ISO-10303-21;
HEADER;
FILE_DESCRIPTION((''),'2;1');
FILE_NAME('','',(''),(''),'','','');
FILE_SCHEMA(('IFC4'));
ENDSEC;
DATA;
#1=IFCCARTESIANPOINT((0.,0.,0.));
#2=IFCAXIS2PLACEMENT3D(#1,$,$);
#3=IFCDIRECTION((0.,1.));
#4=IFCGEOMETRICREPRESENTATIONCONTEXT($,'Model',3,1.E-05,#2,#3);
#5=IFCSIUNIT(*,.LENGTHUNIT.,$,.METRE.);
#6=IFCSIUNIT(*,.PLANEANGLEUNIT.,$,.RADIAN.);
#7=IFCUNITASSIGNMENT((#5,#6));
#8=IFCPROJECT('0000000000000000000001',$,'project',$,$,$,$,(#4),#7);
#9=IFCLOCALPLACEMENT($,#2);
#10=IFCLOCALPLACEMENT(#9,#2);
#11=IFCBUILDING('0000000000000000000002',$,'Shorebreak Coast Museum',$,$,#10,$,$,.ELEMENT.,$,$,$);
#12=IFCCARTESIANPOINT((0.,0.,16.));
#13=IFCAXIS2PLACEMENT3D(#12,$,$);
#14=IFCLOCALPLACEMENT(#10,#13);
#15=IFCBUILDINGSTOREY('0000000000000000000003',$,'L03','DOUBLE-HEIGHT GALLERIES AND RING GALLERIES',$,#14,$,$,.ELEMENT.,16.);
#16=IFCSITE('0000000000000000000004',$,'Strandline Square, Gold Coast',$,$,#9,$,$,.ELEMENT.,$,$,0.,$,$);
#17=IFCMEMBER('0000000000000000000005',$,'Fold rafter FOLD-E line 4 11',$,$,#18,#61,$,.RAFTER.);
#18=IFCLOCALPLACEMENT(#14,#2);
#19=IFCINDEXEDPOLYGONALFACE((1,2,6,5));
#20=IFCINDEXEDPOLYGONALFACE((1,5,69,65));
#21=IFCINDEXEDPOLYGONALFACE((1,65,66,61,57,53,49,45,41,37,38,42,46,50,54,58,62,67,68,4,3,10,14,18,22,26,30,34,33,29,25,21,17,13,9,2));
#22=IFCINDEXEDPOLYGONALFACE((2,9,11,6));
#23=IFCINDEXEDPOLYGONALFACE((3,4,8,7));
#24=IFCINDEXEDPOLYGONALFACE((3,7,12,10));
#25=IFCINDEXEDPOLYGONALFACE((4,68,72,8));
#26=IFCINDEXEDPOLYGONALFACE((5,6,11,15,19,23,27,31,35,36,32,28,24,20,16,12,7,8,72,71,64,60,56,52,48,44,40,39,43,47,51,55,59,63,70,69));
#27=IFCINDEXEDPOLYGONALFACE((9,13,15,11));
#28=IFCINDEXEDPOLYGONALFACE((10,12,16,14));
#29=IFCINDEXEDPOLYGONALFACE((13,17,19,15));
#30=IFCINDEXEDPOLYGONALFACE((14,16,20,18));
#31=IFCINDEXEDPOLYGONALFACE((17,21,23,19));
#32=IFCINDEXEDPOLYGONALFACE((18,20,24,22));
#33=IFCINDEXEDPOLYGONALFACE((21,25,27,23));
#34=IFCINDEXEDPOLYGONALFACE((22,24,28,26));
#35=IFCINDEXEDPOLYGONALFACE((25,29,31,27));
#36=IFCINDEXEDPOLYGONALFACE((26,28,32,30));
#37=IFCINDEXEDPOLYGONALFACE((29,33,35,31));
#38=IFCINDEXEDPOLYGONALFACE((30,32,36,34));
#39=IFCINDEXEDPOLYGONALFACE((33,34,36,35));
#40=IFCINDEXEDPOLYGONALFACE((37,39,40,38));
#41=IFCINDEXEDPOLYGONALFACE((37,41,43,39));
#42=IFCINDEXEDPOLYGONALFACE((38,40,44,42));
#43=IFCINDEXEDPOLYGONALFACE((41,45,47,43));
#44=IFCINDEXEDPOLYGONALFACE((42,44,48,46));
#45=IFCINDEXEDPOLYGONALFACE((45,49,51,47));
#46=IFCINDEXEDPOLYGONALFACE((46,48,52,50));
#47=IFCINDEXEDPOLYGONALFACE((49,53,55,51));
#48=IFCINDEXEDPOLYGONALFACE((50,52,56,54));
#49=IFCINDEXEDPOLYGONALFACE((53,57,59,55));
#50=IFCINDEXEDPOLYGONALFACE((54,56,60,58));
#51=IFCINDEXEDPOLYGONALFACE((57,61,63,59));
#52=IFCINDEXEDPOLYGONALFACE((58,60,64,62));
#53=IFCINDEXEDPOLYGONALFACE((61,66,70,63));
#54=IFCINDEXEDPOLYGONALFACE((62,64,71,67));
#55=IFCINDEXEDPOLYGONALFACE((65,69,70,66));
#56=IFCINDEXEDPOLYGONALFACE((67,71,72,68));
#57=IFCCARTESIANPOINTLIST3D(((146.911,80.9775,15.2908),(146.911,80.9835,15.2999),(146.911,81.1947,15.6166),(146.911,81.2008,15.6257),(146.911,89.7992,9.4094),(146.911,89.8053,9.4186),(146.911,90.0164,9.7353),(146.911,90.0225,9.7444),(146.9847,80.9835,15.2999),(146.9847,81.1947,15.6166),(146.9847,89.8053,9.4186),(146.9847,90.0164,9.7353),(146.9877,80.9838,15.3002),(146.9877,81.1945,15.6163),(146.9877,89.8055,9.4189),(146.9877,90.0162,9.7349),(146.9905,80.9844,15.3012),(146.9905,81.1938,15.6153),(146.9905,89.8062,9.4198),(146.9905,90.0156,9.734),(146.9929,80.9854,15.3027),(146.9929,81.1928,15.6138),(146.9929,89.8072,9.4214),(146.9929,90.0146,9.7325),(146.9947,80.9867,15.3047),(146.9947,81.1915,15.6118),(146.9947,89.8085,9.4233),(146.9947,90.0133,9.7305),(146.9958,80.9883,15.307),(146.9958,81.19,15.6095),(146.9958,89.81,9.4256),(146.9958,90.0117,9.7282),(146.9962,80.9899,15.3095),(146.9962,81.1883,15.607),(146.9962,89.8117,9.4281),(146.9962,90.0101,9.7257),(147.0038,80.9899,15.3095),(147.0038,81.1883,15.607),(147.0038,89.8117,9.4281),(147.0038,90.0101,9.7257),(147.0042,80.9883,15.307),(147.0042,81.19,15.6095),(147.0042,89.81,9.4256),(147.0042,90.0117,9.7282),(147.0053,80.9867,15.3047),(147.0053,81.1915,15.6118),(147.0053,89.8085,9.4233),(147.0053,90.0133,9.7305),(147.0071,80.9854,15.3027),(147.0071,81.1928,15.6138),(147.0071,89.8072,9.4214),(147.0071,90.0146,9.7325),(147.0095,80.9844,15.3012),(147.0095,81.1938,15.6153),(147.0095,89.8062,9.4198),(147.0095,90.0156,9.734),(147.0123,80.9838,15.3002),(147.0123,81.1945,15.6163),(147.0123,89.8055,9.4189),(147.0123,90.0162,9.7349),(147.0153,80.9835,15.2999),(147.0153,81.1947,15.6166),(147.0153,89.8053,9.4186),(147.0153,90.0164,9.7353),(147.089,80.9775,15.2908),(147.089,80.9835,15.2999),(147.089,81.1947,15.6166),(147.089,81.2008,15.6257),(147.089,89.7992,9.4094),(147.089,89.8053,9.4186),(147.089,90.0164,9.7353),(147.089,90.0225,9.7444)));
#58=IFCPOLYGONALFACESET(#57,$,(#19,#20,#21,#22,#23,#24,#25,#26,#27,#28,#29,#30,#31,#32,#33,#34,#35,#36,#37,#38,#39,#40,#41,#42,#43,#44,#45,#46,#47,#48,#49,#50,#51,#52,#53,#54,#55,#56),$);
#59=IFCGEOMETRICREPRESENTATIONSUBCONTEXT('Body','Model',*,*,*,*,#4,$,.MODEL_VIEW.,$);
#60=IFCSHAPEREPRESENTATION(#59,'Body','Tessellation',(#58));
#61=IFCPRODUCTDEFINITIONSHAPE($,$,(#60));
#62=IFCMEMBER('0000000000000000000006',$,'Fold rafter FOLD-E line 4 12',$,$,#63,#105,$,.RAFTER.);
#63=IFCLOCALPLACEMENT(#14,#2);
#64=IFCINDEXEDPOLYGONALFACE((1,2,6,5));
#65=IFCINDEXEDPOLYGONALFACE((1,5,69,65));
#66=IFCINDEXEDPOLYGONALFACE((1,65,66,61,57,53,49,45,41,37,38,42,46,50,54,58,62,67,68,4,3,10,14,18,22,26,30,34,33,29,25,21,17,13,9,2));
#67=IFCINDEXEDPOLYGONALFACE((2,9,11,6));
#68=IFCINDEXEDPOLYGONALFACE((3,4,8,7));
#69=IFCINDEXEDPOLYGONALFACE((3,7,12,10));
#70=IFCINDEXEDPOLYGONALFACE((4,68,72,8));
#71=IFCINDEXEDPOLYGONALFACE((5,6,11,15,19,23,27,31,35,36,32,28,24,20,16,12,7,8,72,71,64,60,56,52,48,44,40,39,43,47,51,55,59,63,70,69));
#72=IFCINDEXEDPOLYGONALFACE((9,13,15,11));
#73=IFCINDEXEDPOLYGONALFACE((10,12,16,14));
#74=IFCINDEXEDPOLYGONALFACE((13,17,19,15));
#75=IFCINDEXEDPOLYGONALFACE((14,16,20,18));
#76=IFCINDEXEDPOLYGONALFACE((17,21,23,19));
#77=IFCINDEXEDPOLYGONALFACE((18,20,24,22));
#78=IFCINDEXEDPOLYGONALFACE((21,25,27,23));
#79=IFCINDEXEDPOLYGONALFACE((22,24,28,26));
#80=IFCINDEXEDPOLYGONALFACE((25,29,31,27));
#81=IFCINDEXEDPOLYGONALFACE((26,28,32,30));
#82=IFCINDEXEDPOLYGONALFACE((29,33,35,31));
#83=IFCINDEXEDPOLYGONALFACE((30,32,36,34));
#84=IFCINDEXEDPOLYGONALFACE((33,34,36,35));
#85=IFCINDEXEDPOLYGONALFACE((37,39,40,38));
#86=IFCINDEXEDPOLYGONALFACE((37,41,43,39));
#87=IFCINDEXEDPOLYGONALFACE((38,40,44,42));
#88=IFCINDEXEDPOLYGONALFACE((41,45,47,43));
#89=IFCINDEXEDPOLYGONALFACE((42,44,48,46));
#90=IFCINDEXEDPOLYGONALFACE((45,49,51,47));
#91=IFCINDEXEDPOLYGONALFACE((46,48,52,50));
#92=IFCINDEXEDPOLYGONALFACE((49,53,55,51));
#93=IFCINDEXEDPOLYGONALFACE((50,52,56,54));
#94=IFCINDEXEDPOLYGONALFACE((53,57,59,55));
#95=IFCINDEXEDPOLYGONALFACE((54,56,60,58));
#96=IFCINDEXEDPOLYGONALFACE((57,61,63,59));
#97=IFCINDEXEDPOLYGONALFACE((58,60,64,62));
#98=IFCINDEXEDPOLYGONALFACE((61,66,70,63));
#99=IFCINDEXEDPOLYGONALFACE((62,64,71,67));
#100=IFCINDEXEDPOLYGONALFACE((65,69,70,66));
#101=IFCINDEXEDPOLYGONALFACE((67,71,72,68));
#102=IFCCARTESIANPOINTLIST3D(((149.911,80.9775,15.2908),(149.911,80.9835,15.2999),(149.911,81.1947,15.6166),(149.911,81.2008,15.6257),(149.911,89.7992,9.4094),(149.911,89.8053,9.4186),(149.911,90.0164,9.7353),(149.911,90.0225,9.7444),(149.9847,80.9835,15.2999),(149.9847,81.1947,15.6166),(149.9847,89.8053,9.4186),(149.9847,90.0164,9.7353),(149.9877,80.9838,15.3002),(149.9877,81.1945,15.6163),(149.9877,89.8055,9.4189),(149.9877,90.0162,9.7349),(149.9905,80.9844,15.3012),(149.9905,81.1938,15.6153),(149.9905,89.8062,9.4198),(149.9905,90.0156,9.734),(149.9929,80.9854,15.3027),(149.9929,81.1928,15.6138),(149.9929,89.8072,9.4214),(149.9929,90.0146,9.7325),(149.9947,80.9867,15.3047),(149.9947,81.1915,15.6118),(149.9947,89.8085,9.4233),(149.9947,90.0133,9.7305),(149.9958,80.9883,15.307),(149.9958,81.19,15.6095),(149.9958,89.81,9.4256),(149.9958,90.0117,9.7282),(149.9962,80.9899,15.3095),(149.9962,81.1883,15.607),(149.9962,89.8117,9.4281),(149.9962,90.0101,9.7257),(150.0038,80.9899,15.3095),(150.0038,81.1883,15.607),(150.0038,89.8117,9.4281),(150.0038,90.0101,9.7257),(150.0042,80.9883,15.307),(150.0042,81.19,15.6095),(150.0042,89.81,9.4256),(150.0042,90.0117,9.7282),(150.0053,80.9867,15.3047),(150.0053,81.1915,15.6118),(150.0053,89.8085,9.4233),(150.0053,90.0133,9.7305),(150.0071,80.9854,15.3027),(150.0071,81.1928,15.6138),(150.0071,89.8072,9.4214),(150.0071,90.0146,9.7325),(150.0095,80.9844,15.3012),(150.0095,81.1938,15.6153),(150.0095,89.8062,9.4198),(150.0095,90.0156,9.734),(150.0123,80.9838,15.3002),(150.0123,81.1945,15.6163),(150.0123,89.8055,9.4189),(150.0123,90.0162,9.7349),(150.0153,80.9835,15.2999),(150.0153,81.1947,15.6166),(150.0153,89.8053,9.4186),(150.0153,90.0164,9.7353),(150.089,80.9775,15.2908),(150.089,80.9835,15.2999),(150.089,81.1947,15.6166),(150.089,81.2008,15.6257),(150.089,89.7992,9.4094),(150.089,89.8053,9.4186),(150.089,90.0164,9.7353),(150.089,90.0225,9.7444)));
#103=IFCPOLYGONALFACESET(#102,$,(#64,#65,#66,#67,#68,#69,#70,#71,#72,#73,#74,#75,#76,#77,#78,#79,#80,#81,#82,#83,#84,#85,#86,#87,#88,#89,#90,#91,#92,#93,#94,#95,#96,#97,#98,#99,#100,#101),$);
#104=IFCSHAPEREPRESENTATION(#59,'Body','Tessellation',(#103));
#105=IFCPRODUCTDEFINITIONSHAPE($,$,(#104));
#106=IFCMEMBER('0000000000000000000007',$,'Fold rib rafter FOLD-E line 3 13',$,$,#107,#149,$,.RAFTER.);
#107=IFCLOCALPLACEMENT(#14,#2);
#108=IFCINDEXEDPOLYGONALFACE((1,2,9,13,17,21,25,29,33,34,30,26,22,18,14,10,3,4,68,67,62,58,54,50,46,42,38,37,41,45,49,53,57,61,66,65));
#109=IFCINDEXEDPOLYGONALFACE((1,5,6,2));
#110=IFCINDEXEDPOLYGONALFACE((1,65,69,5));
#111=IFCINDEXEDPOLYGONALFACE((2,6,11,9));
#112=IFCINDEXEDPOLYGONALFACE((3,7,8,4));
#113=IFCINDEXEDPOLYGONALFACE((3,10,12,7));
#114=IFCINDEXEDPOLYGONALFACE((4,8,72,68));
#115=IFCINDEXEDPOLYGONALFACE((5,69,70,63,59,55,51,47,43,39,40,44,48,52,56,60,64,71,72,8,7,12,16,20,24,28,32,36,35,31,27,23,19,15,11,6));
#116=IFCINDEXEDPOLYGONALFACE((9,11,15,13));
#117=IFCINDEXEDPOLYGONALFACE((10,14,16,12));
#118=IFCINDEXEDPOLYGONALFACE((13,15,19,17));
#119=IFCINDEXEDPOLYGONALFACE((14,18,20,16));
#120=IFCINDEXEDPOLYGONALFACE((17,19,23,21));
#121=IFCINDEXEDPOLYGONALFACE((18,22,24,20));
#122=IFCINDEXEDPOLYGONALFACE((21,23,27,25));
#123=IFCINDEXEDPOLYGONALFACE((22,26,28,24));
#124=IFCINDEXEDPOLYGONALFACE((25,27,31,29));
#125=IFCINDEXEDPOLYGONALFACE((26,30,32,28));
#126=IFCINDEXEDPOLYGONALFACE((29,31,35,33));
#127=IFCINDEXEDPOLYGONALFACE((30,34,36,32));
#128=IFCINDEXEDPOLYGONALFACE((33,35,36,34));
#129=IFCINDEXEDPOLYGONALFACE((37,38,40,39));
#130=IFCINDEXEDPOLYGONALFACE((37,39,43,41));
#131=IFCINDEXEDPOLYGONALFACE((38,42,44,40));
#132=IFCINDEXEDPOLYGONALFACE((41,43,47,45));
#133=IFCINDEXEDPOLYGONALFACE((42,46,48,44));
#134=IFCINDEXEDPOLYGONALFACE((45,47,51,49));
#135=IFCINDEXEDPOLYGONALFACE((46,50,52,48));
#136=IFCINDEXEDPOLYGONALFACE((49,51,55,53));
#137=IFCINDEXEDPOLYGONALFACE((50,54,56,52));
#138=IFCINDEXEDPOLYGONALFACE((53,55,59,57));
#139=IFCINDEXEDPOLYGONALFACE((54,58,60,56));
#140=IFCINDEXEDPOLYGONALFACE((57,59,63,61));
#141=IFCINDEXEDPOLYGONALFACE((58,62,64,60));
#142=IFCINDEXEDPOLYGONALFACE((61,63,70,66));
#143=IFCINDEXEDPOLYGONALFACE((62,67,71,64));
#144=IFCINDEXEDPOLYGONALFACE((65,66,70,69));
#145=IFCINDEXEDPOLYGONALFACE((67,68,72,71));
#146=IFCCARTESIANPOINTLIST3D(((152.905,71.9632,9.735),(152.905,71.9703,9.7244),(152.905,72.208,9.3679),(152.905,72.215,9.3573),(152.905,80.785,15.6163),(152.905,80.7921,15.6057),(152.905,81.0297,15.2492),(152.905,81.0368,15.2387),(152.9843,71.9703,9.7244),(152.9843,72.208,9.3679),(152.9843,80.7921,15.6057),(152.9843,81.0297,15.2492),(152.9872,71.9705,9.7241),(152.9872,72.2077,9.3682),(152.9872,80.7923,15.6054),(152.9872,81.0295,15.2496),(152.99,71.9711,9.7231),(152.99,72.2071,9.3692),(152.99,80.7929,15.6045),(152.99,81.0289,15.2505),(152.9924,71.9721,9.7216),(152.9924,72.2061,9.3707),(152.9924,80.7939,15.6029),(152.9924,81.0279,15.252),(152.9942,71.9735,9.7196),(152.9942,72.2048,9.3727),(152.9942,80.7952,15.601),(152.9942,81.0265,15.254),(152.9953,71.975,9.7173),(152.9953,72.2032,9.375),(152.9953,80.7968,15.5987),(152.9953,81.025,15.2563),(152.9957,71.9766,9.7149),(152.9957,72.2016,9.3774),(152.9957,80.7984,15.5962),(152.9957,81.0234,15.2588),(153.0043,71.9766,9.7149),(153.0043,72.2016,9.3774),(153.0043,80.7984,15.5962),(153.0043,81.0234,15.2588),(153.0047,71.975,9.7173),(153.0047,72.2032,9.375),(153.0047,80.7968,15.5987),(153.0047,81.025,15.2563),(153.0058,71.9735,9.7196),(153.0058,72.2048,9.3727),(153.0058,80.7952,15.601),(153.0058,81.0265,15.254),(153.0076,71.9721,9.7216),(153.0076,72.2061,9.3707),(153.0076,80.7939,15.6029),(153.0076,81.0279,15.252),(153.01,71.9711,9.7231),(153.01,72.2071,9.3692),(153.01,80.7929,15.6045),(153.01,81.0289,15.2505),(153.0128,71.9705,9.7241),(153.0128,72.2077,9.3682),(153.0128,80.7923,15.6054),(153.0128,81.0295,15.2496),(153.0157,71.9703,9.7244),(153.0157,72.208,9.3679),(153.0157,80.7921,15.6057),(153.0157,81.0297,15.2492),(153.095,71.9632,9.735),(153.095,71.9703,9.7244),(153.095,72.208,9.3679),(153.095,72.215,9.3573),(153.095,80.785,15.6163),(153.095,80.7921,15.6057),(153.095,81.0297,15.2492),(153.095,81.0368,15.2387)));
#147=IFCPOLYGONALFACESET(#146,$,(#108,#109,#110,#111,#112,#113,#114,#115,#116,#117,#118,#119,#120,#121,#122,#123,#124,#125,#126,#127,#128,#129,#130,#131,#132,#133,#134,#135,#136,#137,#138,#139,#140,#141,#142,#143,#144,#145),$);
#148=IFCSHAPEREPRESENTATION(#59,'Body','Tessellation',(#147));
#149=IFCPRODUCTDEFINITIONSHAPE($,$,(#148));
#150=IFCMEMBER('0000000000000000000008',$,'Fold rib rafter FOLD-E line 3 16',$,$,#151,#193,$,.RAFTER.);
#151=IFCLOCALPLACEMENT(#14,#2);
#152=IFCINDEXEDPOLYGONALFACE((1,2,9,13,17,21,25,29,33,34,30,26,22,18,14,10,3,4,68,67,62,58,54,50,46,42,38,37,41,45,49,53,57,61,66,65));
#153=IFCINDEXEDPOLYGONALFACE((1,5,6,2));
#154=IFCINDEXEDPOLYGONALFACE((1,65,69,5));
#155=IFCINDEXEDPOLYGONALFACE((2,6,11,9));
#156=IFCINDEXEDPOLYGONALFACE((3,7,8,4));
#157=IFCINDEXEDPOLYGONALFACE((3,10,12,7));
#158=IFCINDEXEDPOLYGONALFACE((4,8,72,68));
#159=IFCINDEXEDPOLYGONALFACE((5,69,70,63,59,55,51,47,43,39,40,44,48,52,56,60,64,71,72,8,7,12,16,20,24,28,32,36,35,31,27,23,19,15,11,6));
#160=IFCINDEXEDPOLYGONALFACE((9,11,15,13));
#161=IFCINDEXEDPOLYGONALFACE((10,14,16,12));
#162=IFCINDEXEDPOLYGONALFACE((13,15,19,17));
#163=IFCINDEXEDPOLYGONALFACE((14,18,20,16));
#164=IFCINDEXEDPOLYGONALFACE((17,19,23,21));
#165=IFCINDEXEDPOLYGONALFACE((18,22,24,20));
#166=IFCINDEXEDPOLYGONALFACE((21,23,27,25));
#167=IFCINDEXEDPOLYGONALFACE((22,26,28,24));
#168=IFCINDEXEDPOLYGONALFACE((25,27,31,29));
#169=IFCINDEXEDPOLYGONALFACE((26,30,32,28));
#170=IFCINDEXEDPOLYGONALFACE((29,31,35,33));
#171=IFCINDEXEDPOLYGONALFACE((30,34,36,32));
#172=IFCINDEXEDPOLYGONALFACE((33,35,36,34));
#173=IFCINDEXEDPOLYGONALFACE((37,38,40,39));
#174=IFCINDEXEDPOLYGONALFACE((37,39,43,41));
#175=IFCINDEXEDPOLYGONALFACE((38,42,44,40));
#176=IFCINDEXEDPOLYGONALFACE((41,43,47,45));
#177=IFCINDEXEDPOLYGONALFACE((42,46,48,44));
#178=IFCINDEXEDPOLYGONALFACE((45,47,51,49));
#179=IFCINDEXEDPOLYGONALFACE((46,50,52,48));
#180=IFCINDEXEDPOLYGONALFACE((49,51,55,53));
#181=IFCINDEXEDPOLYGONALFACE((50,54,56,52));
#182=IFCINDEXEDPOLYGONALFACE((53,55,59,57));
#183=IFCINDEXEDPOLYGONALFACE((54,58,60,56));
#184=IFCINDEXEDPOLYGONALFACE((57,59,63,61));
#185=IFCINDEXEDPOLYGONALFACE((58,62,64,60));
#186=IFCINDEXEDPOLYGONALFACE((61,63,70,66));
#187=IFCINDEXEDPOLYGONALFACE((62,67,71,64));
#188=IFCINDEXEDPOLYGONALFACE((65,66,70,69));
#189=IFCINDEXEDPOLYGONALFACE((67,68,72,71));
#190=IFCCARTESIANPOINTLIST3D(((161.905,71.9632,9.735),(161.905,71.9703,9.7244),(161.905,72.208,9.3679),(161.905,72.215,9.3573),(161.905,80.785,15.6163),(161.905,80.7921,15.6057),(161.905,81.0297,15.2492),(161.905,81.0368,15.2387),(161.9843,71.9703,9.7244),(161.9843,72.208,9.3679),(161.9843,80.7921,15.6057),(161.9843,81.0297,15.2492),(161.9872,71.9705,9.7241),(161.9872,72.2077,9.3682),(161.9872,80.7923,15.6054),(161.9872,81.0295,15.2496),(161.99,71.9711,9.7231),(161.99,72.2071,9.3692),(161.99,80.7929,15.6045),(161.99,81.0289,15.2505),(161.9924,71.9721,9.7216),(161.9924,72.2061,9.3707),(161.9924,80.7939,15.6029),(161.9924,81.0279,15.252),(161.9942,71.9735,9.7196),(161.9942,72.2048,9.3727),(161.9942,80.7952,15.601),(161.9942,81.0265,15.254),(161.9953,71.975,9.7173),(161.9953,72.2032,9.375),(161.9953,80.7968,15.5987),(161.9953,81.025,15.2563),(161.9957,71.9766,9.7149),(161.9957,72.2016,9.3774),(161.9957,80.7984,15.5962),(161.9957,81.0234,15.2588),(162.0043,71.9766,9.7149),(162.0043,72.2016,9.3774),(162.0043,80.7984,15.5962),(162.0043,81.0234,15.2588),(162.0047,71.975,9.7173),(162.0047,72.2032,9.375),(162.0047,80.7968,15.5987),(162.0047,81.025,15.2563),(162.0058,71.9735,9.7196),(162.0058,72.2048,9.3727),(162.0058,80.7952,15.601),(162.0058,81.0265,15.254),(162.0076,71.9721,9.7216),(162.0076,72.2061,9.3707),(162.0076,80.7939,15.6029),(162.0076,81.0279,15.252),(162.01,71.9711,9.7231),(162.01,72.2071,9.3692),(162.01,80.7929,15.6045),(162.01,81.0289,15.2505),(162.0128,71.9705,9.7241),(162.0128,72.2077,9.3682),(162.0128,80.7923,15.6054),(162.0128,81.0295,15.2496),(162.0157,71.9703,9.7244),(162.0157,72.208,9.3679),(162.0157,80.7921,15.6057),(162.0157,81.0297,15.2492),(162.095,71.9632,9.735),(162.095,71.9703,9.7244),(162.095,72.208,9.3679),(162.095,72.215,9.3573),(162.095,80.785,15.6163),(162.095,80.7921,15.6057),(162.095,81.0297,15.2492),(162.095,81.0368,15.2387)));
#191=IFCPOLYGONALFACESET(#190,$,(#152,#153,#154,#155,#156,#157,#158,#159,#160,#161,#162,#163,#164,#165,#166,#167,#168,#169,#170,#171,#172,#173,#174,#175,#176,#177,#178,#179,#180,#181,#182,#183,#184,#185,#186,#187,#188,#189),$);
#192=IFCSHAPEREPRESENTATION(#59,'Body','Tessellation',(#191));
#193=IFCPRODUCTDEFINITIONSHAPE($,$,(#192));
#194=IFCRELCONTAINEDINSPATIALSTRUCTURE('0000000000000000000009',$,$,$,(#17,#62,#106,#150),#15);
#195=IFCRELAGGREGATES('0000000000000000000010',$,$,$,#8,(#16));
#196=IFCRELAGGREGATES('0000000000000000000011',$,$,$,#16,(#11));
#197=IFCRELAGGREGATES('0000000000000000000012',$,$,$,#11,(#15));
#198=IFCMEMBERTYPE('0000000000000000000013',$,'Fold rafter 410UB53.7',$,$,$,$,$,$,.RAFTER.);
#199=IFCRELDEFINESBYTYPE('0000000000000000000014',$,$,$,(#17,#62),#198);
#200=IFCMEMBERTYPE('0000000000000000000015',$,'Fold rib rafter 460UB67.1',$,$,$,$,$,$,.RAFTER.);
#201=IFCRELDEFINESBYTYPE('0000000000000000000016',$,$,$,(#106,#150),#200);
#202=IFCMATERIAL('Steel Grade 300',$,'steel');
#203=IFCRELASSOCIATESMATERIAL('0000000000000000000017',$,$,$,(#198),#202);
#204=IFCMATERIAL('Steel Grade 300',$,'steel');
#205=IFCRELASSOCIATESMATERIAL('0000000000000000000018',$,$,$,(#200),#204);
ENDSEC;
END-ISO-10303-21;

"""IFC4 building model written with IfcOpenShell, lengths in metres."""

from ifc_helpers import new_model, si_unit, direction, frame, origin, origin_2d, place, context, subcontext, project, spatial, i_section, extrude, material, material_profile, profile_set, type_object, element, save


model = new_model("IFC4")

# Units and contexts
model_context = context("Model", 3, precision=1e-05, world=origin(), true_north=direction((0.0, 1.0)))
body_context = subcontext(model_context, "Body", "Model", "MODEL_VIEW")
ifc_project = project(units=[si_unit("LENGTHUNIT", "METRE"), si_unit("PLANEANGLEUNIT", "RADIAN")], contexts=[model_context])

# Site, building, storey
site_placement = place(None, origin())
site = spatial("IfcSite", under=ifc_project, at=site_placement, Name="Strandline Square, Gold Coast", CompositionType="ELEMENT", RefElevation=0.0)
building_placement = place(site_placement, origin())
building = spatial("IfcBuilding", under=site, at=building_placement, Name="Shorebreak Coast Museum", CompositionType="ELEMENT")
storey_placement = place(building_placement, frame((0.0, 0.0, 16.0)))
storey = spatial("IfcBuildingStorey", under=building, at=storey_placement, Name="L03", Description="DOUBLE-HEIGHT GALLERIES AND RING GALLERIES", CompositionType="ELEMENT", Elevation=16.0)

# Members
ifc_material_1 = material(Name="Steel Grade 300", Category="steel")
ifc_material_profile_1 = material_profile(ifc_material_1, i_section(OverallWidth=0.178, OverallDepth=0.4026, WebThickness=0.0076, FlangeThickness=0.011, FilletRadius=0.0115, at=origin_2d()), Name="410UB53.7")
ifc_profile_set_1 = profile_set([ifc_material_profile_1], Name="Steel Grade 300")
member_type_1 = type_object("IfcMemberType", Name="Fold rafter 410UB53.7", PredefinedType="RAFTER", material=ifc_profile_set_1)
for number, where, z_axis, x_axis, name in (
    (1, (147.0, 81.0891, 15.4583), (0.0, 0.832043, -0.554711), (-1.0, 0.0, 0.0), "Fold rafter FOLD-E line 4 11"),
    (2, (150.0, 81.0891, 15.4583), (0.0, 0.832043, -0.554711), (-1.0, 0.0, 0.0), "Fold rafter FOLD-E line 4 12"),
):
    element("IfcMember", number, at=place(storey_placement, frame(where, z_axis=z_axis, x_axis=x_axis)), inside=storey, type_object=member_type_1, Name=name, PredefinedType="RAFTER", context=body_context, shape_type="SweptSolid", body=[
        extrude(i_section(OverallWidth=0.178, OverallDepth=0.4026, WebThickness=0.0076, FlangeThickness=0.011, FilletRadius=0.0115, at=origin_2d()), origin(), (0.0, 0.0, 1.0), 10.6025),
    ])
ifc_material_2 = material(Name="Steel Grade 300", Category="steel")
ifc_material_profile_2 = material_profile(ifc_material_2, i_section(OverallWidth=0.1899, OverallDepth=0.4539, WebThickness=0.0085, FlangeThickness=0.0127, FilletRadius=0.0115, at=origin_2d()), Name="460UB67.1")
ifc_profile_set_2 = profile_set([ifc_material_profile_2], Name="Steel Grade 300")
member_type_2 = type_object("IfcMemberType", Name="Fold rib rafter 460UB67.1", PredefinedType="RAFTER", material=ifc_profile_set_2)
for number, where, z_axis, x_axis, name in (
    (3, (153.0, 80.9109, 15.4275), (0.0, -0.832043, -0.554711), (1.0, 0.0, 0.0), "Fold rib rafter FOLD-E line 3 13"),
    (4, (162.0, 80.9109, 15.4275), (0.0, -0.832043, -0.554711), (1.0, 0.0, 0.0), "Fold rib rafter FOLD-E line 3 16"),
):
    element("IfcMember", number, at=place(storey_placement, frame(where, z_axis=z_axis, x_axis=x_axis)), inside=storey, type_object=member_type_2, Name=name, PredefinedType="RAFTER", context=body_context, shape_type="SweptSolid", body=[
        extrude(i_section(OverallWidth=0.1899, OverallDepth=0.4539, WebThickness=0.0085, FlangeThickness=0.0127, FilletRadius=0.0115, at=origin_2d()), origin(), (0.0, 0.0, 1.0), 10.6025),
    ])

save(model, "model.ifc")
